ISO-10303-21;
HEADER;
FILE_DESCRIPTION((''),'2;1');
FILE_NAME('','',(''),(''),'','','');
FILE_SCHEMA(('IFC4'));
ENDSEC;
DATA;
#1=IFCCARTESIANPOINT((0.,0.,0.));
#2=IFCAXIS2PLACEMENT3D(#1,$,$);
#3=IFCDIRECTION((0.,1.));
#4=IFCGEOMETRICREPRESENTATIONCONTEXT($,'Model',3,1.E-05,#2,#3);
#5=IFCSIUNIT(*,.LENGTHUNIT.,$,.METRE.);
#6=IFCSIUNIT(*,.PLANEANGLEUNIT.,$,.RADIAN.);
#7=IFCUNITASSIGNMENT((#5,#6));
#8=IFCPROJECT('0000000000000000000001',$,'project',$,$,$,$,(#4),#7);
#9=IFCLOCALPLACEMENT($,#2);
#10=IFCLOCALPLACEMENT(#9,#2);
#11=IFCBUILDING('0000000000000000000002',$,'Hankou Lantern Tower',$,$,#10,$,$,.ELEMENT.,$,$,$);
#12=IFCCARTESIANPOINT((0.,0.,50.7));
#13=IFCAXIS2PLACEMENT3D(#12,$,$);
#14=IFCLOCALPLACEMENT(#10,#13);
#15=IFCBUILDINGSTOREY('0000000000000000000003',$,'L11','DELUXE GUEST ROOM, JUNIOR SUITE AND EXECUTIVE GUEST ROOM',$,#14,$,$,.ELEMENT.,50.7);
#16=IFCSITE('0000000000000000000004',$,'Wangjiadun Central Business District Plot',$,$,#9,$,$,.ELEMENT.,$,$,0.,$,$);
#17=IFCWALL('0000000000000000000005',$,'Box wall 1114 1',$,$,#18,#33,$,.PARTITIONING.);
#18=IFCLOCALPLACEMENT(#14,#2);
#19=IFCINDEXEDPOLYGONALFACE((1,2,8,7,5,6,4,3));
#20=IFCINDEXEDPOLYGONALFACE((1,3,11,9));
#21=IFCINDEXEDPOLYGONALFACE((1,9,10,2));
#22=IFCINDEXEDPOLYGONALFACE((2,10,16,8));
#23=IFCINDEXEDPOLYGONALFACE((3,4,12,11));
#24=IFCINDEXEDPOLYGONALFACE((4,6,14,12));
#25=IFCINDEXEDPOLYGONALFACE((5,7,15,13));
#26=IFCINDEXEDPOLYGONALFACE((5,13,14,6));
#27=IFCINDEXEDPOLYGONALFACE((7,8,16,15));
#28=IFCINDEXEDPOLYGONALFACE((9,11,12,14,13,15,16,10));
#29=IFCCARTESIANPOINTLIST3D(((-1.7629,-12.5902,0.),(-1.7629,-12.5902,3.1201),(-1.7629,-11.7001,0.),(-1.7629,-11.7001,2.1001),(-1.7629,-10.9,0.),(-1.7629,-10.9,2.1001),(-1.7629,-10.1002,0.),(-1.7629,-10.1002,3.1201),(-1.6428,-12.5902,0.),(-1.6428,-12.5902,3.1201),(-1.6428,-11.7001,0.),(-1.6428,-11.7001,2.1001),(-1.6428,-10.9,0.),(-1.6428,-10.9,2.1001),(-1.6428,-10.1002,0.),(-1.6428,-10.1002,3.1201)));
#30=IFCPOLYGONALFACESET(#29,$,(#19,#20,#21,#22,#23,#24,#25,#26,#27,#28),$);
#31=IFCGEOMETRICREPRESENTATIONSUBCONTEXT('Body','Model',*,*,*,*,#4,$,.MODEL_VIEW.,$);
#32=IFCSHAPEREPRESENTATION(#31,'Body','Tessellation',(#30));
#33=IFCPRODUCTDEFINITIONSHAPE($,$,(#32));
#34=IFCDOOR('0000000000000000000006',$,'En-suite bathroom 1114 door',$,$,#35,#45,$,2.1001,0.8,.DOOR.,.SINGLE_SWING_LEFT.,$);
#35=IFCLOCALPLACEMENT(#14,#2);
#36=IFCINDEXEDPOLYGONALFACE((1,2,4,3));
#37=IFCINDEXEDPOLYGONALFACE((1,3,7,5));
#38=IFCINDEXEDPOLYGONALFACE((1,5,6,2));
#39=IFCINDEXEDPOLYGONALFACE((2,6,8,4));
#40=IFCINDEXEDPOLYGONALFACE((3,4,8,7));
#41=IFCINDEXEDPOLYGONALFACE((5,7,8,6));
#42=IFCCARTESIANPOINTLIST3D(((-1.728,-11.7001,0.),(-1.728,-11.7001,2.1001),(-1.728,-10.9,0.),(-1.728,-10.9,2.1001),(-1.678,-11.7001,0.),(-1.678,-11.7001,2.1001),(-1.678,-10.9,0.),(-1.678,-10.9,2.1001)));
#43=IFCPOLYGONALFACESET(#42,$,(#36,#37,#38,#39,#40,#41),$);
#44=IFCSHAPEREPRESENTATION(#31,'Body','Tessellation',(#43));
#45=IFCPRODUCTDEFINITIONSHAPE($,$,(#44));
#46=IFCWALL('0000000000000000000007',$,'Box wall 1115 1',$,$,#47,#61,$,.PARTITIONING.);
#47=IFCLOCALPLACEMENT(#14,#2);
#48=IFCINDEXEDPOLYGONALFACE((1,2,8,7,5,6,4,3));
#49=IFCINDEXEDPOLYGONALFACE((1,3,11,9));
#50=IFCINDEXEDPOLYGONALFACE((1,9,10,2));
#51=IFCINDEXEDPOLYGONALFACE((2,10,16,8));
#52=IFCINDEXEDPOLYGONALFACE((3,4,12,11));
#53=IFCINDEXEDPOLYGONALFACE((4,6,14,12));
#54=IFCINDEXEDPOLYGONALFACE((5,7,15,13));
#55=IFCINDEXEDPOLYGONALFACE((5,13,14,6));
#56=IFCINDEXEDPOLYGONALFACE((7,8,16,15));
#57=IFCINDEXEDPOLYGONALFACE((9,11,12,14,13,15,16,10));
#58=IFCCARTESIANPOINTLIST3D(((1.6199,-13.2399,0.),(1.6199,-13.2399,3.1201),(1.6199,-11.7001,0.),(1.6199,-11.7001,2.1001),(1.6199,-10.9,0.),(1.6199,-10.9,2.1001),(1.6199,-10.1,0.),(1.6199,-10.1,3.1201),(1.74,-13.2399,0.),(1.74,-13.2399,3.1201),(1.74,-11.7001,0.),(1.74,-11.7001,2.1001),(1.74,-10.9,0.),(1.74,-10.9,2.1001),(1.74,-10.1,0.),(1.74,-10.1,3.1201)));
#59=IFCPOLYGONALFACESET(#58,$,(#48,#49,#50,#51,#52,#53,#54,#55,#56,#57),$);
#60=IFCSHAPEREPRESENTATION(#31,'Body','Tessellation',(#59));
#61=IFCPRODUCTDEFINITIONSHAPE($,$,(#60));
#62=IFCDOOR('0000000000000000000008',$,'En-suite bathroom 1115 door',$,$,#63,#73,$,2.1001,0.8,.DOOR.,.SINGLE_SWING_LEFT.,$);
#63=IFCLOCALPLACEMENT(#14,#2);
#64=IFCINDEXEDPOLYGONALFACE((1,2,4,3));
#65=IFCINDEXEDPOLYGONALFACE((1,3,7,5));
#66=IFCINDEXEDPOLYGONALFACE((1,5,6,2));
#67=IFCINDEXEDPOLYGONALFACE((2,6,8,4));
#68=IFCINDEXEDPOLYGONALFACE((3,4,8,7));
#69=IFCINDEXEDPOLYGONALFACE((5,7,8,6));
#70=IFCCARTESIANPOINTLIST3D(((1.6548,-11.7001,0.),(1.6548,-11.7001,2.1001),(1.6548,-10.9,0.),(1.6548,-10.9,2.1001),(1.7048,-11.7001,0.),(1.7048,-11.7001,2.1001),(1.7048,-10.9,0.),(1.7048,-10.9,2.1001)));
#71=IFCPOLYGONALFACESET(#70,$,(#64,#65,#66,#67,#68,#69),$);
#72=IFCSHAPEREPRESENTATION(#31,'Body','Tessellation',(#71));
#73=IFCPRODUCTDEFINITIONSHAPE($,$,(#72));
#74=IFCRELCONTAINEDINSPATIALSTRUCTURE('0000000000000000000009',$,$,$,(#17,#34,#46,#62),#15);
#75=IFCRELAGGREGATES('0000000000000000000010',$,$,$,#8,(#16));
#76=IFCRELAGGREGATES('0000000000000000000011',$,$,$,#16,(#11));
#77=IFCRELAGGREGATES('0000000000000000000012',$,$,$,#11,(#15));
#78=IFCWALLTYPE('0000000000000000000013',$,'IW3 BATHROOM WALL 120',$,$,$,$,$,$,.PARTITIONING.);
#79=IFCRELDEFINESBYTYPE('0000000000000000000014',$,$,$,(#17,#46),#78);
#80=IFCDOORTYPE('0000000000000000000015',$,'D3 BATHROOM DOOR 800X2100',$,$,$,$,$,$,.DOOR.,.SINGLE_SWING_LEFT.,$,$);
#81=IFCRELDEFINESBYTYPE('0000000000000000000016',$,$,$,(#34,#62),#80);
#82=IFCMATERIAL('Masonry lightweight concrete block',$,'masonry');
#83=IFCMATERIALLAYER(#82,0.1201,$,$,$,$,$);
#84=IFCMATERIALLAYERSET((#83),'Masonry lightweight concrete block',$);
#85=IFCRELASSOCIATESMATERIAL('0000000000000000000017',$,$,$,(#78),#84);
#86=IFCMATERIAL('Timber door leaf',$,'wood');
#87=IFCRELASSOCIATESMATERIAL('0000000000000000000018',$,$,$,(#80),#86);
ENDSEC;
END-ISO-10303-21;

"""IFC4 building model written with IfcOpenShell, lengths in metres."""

from ifc_helpers import new_model, si_unit, direction, frame, frame_2d, origin, place, context, subcontext, project, spatial, rectangle, extrude, material, layer, layer_set, type_object, element, fill, save


model = new_model("IFC4")

# Units and contexts
model_context = context("Model", 3, precision=1e-05, world=origin(), true_north=direction((0.0, 1.0)))
body_context = subcontext(model_context, "Body", "Model", "MODEL_VIEW")
ifc_project = project(units=[si_unit("LENGTHUNIT", "METRE"), si_unit("PLANEANGLEUNIT", "RADIAN")], contexts=[model_context])

# Site, building, storey
site_placement = place(None, origin())
site = spatial("IfcSite", under=ifc_project, at=site_placement, Name="Wangjiadun Central Business District Plot", CompositionType="ELEMENT", RefElevation=0.0)
building_placement = place(site_placement, origin())
building = spatial("IfcBuilding", under=site, at=building_placement, Name="Hankou Lantern Tower", CompositionType="ELEMENT")
storey_placement = place(building_placement, frame((0.0, 0.0, 50.7)))
storey = spatial("IfcBuildingStorey", under=building, at=storey_placement, Name="L11", Description="DELUXE GUEST ROOM, JUNIOR SUITE AND EXECUTIVE GUEST ROOM", CompositionType="ELEMENT", Elevation=50.7)

# Walls, openings, doors
ifc_material_1 = material(Name="Masonry lightweight concrete block", Category="masonry")
ifc_layer_1 = layer(ifc_material_1, 0.1201)
ifc_layer_set_1 = layer_set([ifc_layer_1], Name="Masonry lightweight concrete block")
wall_type_1 = type_object("IfcWallType", Name="IW3 BATHROOM WALL 120", PredefinedType="PARTITIONING", material=ifc_layer_set_1)
wall_1_placement = place(storey_placement, frame((-1.7029, -10.1001, 0.0), z_axis=(0.0, 0.0, 1.0), x_axis=(0.0, -1.0, 0.0)))
wall_1 = element("IfcWall", 1, at=wall_1_placement, inside=storey, type_object=wall_type_1, Name="Box wall 1114 1", PredefinedType="PARTITIONING", context=body_context, shape_type="SweptSolid", body=[
    extrude(rectangle(XDim=2.49, YDim=0.1201, at=frame_2d((1.2451, 0.0))), origin(), (0.0, 0.0, 1.0), 3.1201),
])
opening_1_placement = place(wall_1_placement, frame((0.8, 0.0, 0.0)))
opening_1 = element("IfcOpeningElement", 2, at=opening_1_placement, cuts=wall_1, PredefinedType="OPENING", context=body_context, shape_type="SweptSolid", body=[
    extrude(rectangle(XDim=0.8, YDim=2.1001, at=frame_2d((0.3999, 1.05))), frame((0.0, 0.0701, 0.0), z_axis=(0.0, -1.0, 0.0), x_axis=(1.0, 0.0, 0.0)), (0.0, 0.0, 1.0), 0.1401),
])
ifc_material_2 = material(Name="Timber door leaf", Category="wood")
door_type_1 = type_object("IfcDoorType", Name="D3 BATHROOM DOOR 800X2100", OperationType="SINGLE_SWING_LEFT", PredefinedType="DOOR", material=ifc_material_2)
door_1_placement = place(opening_1_placement, origin())
door_1 = element("IfcDoor", 3, at=door_1_placement, inside=storey, type_object=door_type_1, Name="En-suite bathroom 1114 door", OperationType="SINGLE_SWING_LEFT", OverallHeight=2.1001, OverallWidth=0.8, PredefinedType="DOOR", context=body_context, shape_type="SweptSolid", body=[
    extrude(rectangle(XDim=0.8, YDim=2.1001, at=frame_2d((0.3999, 1.05))), frame((0.0, 0.0249, 0.0), z_axis=(0.0, -1.0, 0.0), x_axis=(1.0, 0.0, 0.0)), (0.0, 0.0, 1.0), 0.05),
])
fill(opening_1, door_1)
wall_2_placement = place(storey_placement, frame((1.6799, -10.1001, 0.0), z_axis=(0.0, 0.0, 1.0), x_axis=(0.0, -1.0, 0.0)))
wall_2 = element("IfcWall", 4, at=wall_2_placement, inside=storey, type_object=wall_type_1, Name="Box wall 1115 1", PredefinedType="PARTITIONING", context=body_context, shape_type="SweptSolid", body=[
    extrude(rectangle(XDim=3.1399, YDim=0.1201, at=frame_2d((1.5698, 0.0))), origin(), (0.0, 0.0, 1.0), 3.1201),
])
opening_2_placement = place(wall_2_placement, frame((0.8, 0.0, 0.0)))
opening_2 = element("IfcOpeningElement", 5, at=opening_2_placement, cuts=wall_2, PredefinedType="OPENING", context=body_context, shape_type="SweptSolid", body=[
    extrude(rectangle(XDim=0.8, YDim=2.1001, at=frame_2d((0.3999, 1.05))), frame((0.0, 0.0701, 0.0), z_axis=(0.0, -1.0, 0.0), x_axis=(1.0, 0.0, 0.0)), (0.0, 0.0, 1.0), 0.1401),
])
door_2_placement = place(opening_2_placement, origin())
door_2 = element("IfcDoor", 6, at=door_2_placement, inside=storey, type_object=door_type_1, Name="En-suite bathroom 1115 door", OperationType="SINGLE_SWING_LEFT", OverallHeight=2.1001, OverallWidth=0.8, PredefinedType="DOOR", context=body_context, shape_type="SweptSolid", body=[
    extrude(rectangle(XDim=0.8, YDim=2.1001, at=frame_2d((0.3999, 1.05))), frame((0.0, 0.0249, 0.0), z_axis=(0.0, -1.0, 0.0), x_axis=(1.0, 0.0, 0.0)), (0.0, 0.0, 1.0), 0.05),
])
fill(opening_2, door_2)

save(model, "model.ifc")
